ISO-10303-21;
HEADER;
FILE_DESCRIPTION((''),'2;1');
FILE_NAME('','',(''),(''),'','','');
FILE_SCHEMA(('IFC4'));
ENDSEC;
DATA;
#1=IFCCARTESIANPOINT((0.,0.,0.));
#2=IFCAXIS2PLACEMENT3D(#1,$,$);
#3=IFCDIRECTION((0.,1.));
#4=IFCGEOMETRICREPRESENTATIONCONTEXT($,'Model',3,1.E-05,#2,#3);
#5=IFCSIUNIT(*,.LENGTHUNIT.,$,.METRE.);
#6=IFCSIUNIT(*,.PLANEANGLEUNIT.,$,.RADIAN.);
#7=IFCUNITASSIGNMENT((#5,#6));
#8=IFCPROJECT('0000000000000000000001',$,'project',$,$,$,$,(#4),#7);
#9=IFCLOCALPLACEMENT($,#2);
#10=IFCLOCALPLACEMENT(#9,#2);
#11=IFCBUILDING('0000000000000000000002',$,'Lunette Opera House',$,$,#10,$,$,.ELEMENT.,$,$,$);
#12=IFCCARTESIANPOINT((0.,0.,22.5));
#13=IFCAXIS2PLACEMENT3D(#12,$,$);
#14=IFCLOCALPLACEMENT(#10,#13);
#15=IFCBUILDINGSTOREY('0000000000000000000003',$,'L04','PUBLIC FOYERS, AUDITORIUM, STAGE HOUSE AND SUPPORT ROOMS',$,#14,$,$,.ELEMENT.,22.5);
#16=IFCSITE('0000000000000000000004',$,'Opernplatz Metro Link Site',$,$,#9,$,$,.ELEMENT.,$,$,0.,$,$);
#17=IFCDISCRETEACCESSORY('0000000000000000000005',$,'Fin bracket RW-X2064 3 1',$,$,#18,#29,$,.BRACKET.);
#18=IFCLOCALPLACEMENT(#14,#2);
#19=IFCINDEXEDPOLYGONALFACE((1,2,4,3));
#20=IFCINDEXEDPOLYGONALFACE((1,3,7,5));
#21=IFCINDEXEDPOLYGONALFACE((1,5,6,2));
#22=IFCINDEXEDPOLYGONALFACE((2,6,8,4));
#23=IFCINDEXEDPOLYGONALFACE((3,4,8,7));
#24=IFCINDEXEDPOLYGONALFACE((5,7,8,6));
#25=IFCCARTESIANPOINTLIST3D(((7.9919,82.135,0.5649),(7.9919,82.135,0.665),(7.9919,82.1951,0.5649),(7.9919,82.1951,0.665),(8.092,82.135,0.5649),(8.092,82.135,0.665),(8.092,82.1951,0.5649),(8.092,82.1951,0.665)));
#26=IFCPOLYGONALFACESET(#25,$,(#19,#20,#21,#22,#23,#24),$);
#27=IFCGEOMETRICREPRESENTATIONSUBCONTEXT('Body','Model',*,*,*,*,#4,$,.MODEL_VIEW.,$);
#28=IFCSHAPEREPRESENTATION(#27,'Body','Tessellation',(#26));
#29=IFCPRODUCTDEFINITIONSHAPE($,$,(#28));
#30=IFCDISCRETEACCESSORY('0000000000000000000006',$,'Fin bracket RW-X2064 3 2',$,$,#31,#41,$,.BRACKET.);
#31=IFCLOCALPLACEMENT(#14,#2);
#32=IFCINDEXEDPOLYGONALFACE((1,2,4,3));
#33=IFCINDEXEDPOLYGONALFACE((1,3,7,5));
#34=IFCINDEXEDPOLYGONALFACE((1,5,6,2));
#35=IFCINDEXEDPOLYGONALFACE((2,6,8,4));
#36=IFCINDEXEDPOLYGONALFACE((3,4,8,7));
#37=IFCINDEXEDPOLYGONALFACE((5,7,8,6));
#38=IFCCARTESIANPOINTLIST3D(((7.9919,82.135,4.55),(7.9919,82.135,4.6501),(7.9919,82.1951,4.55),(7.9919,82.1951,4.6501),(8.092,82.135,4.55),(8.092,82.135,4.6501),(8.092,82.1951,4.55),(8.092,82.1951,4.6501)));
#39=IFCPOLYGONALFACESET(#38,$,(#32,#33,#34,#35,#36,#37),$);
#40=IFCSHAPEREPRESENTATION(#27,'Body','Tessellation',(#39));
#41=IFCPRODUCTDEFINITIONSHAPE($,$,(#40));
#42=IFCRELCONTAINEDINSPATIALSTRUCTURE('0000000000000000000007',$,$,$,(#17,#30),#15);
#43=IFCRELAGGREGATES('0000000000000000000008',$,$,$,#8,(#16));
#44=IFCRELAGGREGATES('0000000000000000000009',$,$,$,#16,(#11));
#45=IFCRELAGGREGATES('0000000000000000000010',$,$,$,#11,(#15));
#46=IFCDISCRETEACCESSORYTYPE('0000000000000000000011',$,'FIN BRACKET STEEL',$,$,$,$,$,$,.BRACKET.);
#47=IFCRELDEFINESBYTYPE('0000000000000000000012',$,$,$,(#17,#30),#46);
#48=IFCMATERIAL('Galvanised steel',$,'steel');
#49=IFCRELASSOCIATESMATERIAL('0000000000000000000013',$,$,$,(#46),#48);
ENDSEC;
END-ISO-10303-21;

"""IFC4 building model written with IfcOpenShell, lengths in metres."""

from ifc_helpers import new_model, si_unit, direction, frame, origin, origin_2d, place, context, subcontext, project, spatial, rectangle, extrude, material, type_object, element, save


model = new_model("IFC4")

# Units and contexts
model_context = context("Model", 3, precision=1e-05, world=origin(), true_north=direction((0.0, 1.0)))
body_context = subcontext(model_context, "Body", "Model", "MODEL_VIEW")
ifc_project = project(units=[si_unit("LENGTHUNIT", "METRE"), si_unit("PLANEANGLEUNIT", "RADIAN")], contexts=[model_context])

# Site, building, storey
site_placement = place(None, origin())
site = spatial("IfcSite", under=ifc_project, at=site_placement, Name="Opernplatz Metro Link Site", CompositionType="ELEMENT", RefElevation=0.0)
building_placement = place(site_placement, origin())
building = spatial("IfcBuilding", under=site, at=building_placement, Name="Lunette Opera House", CompositionType="ELEMENT")
storey_placement = place(building_placement, frame((0.0, 0.0, 22.5)))
storey = spatial("IfcBuildingStorey", under=building, at=storey_placement, Name="L04", Description="PUBLIC FOYERS, AUDITORIUM, STAGE HOUSE AND SUPPORT ROOMS", CompositionType="ELEMENT", Elevation=22.5)

# Discrete accessories
ifc_material_1 = material(Name="Galvanised steel", Category="steel")
discrete_accessory_type = type_object("IfcDiscreteAccessoryType", Name="FIN BRACKET STEEL", PredefinedType="BRACKET", material=ifc_material_1)
for number, where, z_axis, x_axis, name in (
    (1, (8.042, 82.165, 0.5649), (0.0, 0.0, 1.0), (-1.0, 0.0, 0.0), "Fin bracket RW-X2064 3 1"),
    (2, (8.042, 82.165, 4.55), (0.0, 0.0, 1.0), (-1.0, 0.0, 0.0), "Fin bracket RW-X2064 3 2"),
):
    element("IfcDiscreteAccessory", number, at=place(storey_placement, frame(where, z_axis=z_axis, x_axis=x_axis)), inside=storey, type_object=discrete_accessory_type, Name=name, PredefinedType="BRACKET", context=body_context, shape_type="SweptSolid", body=[
        extrude(rectangle(XDim=0.1001, YDim=0.0601, at=origin_2d()), origin(), (0.0, 0.0, 1.0), 0.1001),
    ])

save(model, "model.ifc")
